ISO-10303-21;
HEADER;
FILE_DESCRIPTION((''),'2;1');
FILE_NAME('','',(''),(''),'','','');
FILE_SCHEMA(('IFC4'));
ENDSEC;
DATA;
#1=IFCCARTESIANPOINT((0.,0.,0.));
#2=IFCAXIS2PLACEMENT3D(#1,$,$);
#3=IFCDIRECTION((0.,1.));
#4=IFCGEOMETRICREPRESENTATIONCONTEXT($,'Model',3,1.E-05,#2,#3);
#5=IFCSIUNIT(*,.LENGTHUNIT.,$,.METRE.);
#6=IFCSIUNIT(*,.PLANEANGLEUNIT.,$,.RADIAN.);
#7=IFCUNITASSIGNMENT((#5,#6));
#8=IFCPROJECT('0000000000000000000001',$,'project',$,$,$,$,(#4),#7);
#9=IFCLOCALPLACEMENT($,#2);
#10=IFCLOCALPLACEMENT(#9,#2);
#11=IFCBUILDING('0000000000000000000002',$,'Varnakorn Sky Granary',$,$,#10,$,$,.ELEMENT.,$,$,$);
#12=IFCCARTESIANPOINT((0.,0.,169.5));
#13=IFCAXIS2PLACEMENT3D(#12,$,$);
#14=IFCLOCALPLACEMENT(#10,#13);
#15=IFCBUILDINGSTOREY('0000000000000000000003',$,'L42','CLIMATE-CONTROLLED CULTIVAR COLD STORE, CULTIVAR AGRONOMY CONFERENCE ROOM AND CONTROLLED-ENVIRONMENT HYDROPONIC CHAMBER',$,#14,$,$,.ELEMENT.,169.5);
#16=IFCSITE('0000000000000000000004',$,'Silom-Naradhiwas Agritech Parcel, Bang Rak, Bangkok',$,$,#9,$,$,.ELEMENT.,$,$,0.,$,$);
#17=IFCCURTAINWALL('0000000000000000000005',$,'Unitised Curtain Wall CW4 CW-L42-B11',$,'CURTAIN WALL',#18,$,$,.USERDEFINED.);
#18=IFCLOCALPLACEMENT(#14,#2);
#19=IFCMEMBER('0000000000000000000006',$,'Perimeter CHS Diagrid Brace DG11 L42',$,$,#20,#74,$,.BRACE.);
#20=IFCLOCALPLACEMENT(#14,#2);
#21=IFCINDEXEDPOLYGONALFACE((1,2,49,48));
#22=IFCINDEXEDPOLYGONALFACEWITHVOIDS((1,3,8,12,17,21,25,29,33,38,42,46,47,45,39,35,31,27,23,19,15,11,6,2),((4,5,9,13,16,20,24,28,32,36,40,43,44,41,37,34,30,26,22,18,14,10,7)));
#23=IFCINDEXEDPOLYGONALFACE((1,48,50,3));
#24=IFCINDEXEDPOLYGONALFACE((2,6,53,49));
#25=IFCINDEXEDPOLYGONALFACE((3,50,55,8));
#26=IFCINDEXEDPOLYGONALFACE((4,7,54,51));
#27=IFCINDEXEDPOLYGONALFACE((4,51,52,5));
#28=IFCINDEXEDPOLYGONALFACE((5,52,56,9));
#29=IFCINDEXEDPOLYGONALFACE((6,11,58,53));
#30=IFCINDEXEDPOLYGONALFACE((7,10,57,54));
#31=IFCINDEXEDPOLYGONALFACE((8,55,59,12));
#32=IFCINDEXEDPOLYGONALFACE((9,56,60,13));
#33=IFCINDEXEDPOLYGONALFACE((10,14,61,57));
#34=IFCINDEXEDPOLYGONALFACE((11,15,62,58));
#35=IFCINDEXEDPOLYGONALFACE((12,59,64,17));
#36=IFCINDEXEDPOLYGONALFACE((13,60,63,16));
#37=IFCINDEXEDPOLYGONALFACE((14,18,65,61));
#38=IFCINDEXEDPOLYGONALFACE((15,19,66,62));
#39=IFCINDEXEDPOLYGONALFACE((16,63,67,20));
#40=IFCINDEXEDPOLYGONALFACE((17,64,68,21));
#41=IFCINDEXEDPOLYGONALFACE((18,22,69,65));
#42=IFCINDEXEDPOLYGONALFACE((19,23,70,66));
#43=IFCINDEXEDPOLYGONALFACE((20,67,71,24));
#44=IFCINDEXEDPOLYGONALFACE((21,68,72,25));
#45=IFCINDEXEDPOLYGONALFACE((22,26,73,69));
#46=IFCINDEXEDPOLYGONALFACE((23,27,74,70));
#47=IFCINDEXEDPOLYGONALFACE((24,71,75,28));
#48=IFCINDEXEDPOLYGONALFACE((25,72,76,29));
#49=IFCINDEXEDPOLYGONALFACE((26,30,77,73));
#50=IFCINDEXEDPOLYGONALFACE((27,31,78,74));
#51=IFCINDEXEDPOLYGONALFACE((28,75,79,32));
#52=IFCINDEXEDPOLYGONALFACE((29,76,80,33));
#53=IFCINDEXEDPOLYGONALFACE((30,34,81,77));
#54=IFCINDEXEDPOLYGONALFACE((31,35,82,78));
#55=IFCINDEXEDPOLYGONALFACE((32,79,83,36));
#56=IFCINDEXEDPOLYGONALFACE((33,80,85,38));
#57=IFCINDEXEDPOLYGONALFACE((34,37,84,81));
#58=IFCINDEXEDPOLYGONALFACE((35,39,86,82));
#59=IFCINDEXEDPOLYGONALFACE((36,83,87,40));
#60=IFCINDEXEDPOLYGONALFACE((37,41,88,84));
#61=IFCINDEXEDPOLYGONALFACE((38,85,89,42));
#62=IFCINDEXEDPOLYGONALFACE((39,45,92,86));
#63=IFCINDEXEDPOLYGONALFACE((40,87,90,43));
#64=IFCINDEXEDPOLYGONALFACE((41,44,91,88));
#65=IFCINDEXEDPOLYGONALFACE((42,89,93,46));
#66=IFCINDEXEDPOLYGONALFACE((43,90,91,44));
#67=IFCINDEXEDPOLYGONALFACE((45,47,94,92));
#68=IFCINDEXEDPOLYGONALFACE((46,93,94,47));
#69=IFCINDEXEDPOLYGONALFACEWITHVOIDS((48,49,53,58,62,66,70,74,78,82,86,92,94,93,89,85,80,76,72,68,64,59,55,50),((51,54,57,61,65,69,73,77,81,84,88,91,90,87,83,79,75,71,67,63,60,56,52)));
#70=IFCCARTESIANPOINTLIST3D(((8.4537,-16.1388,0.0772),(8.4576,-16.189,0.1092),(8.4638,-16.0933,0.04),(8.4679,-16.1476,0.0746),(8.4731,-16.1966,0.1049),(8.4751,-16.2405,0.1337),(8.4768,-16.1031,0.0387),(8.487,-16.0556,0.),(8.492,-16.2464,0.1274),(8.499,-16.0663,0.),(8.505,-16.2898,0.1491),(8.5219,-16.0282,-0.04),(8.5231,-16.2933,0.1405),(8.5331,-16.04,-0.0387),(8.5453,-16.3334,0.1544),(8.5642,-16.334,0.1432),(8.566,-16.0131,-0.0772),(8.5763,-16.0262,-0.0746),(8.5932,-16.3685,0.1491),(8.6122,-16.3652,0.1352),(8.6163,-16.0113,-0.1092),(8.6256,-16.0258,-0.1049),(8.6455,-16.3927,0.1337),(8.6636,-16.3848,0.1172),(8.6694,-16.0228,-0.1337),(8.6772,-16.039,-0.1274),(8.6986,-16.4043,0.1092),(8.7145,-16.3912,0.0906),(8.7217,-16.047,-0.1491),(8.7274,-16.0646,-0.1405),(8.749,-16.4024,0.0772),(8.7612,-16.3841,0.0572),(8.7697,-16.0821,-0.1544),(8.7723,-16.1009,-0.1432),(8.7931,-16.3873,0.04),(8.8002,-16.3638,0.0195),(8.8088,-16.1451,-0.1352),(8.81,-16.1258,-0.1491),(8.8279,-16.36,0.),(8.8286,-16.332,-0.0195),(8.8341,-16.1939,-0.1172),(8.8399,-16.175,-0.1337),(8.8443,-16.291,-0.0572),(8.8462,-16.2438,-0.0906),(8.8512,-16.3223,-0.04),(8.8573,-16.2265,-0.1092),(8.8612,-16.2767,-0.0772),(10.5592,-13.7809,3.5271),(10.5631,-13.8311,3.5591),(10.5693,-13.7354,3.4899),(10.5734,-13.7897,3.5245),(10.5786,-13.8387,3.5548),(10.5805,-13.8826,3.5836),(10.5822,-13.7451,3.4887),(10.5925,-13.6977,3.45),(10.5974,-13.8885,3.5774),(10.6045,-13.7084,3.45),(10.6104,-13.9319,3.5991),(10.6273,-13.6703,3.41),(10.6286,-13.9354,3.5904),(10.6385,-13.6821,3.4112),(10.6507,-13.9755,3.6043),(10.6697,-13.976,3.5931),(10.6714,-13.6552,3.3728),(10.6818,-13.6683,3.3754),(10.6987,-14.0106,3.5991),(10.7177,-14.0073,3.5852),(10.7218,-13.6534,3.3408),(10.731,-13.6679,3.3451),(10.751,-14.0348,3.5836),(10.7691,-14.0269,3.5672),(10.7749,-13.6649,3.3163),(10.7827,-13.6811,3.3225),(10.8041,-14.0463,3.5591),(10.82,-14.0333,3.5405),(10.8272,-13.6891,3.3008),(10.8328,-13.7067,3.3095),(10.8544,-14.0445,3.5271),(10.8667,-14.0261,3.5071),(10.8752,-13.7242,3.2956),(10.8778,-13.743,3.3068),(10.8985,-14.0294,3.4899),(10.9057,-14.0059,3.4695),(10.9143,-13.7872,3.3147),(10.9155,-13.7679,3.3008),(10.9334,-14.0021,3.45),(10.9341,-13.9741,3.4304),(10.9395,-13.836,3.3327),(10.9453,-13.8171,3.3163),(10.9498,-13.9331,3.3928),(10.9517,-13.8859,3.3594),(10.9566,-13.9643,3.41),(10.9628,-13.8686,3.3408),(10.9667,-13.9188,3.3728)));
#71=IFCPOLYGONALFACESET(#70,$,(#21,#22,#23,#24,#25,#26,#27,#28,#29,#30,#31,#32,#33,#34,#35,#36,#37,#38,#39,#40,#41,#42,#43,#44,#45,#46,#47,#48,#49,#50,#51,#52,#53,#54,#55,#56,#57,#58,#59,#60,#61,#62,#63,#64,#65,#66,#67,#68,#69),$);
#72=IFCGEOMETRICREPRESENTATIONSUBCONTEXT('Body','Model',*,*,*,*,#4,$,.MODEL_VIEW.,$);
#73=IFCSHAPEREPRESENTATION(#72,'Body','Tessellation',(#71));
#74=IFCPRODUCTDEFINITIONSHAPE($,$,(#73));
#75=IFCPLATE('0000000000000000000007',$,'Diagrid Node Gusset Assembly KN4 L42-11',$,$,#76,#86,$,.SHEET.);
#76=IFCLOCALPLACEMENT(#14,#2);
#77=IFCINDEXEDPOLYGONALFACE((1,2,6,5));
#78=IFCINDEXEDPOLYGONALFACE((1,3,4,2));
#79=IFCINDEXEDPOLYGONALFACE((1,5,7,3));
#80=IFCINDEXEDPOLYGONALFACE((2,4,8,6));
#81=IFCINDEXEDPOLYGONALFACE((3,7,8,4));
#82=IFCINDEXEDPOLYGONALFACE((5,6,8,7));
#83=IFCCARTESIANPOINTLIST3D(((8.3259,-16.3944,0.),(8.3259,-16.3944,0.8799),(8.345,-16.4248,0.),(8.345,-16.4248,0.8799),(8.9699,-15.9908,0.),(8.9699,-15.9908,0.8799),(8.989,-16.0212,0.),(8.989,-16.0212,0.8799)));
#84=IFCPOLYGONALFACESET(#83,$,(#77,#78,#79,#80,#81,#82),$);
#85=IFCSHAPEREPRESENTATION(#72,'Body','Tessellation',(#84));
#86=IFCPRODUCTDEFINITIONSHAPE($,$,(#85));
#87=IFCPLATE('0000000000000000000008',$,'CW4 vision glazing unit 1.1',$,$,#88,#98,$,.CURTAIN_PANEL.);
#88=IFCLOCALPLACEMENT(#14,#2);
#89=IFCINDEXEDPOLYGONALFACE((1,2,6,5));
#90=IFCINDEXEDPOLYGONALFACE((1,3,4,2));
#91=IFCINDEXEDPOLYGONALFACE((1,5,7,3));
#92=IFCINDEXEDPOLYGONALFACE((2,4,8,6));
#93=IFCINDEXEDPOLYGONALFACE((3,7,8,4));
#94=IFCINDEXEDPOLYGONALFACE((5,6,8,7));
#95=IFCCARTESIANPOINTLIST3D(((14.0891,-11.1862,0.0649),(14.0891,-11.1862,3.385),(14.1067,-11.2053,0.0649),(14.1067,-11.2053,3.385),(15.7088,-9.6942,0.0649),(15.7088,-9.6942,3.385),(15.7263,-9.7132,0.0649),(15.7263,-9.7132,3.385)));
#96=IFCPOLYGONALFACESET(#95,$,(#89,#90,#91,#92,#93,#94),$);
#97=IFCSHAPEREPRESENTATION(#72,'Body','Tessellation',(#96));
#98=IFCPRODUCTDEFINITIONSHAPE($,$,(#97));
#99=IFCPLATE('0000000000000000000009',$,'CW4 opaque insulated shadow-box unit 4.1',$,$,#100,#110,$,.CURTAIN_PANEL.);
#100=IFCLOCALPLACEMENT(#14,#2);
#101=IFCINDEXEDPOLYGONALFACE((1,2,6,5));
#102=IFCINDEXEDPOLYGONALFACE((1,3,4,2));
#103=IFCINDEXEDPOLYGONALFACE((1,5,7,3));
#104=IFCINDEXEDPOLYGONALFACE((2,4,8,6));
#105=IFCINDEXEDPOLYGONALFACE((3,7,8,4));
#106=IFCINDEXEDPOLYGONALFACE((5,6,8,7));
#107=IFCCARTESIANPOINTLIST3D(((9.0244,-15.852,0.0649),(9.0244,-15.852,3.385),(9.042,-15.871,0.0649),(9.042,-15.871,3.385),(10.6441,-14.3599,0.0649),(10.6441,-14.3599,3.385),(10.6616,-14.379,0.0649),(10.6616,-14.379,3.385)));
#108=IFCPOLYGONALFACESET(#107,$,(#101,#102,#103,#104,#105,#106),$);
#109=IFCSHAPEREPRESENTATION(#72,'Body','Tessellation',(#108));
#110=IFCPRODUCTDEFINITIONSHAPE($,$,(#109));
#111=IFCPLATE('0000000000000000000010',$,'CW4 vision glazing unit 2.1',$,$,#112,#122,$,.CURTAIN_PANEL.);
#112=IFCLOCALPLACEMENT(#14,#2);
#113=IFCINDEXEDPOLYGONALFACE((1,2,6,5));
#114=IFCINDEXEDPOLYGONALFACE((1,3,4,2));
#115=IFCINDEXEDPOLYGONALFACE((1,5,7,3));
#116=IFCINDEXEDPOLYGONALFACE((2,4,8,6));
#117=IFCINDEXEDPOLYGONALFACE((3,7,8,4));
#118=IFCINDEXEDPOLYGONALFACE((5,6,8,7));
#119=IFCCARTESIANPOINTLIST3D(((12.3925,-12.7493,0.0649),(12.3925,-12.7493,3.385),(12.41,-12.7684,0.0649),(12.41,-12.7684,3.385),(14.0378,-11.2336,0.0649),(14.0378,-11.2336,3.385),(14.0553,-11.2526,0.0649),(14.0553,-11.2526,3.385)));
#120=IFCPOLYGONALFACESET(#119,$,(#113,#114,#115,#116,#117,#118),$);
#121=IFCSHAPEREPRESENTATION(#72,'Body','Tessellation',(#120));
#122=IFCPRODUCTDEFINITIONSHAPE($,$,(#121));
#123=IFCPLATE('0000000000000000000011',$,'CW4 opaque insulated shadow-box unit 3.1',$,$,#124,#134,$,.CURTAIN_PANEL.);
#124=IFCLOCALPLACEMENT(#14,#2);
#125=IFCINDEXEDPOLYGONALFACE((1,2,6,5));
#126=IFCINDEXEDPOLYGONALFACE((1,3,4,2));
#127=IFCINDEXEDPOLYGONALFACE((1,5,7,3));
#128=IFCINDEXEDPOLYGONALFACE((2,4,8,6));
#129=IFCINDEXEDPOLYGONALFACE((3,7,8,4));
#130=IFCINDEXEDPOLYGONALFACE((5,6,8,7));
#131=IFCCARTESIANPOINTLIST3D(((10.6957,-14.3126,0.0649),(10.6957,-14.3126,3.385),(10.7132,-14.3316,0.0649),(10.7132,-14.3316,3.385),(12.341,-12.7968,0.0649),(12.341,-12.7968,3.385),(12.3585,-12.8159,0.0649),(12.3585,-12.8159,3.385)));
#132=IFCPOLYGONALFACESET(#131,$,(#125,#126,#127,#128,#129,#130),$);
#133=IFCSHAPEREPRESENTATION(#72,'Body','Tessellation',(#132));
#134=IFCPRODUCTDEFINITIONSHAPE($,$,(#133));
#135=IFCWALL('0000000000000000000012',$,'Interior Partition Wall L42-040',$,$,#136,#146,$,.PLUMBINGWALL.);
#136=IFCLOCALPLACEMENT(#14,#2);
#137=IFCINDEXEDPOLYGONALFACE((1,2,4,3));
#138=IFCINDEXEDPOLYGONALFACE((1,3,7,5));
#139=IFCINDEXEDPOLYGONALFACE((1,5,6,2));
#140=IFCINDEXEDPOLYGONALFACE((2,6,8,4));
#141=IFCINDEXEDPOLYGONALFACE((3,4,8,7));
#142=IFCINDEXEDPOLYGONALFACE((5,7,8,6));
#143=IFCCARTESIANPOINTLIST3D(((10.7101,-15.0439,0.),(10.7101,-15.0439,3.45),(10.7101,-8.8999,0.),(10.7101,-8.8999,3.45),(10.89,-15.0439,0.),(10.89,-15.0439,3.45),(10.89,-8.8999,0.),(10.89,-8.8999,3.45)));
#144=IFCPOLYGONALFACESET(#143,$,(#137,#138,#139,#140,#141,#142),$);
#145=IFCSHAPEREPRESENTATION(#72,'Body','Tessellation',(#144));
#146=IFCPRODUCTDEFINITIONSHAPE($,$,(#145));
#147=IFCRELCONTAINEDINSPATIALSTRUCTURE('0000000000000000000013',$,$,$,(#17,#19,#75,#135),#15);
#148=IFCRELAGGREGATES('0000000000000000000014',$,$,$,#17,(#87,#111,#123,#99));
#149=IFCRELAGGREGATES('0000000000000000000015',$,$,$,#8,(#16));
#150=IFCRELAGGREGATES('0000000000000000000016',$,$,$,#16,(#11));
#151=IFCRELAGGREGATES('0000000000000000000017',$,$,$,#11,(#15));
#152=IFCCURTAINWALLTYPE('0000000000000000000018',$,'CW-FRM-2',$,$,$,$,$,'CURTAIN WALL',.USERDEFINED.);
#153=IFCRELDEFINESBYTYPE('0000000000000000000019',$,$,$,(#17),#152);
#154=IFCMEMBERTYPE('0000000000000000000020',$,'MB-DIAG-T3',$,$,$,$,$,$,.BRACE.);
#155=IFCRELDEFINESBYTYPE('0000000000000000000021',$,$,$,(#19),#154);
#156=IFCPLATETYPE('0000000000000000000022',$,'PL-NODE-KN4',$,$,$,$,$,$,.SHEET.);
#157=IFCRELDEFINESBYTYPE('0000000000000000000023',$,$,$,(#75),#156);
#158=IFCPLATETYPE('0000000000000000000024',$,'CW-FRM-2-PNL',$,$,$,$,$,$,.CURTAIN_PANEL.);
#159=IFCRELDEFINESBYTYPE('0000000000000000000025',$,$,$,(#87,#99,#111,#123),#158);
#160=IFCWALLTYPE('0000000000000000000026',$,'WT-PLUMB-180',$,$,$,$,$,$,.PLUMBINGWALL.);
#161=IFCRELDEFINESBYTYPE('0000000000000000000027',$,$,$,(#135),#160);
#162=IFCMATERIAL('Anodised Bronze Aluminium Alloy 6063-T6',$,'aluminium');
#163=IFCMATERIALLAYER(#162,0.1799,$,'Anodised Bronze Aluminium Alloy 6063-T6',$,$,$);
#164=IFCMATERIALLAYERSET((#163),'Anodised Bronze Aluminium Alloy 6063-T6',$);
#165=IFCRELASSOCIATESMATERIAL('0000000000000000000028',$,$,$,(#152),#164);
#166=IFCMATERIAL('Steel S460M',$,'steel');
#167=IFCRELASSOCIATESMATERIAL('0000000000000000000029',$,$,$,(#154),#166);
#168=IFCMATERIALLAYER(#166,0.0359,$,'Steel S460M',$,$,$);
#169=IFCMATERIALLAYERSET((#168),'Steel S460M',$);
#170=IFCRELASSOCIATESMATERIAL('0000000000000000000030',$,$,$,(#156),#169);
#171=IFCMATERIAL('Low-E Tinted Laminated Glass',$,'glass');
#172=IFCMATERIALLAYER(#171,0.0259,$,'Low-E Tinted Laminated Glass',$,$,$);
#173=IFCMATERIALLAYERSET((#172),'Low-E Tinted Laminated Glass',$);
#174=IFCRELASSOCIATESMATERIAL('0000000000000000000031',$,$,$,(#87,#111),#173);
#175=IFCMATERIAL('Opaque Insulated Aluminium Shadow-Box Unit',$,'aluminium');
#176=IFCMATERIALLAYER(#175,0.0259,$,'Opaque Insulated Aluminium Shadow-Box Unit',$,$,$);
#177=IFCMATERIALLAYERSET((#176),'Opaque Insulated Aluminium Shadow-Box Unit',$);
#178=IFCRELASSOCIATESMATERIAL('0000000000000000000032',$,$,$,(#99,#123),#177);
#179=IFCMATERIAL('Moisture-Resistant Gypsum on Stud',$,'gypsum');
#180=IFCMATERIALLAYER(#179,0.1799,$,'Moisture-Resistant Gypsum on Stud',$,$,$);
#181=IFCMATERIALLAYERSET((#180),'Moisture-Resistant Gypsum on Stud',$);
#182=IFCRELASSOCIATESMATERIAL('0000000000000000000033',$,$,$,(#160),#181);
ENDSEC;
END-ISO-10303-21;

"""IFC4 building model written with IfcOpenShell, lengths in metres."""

from ifc_helpers import new_model, si_unit, direction, frame, frame_2d, origin, origin_2d, place, context, subcontext, project, spatial, rectangle, hollow_circle, extrude, source, transform, mapped, material, layer, layer_set, material_profile, profile_set, type_object, type_shapes, element, aggregate, save


model = new_model("IFC4")

# Units and contexts
model_context = context("Model", 3, precision=1e-05, world=origin(), true_north=direction((0.0, 1.0)))
body_context = subcontext(model_context, "Body", "Model", "MODEL_VIEW")
ifc_project = project(units=[si_unit("LENGTHUNIT", "METRE"), si_unit("PLANEANGLEUNIT", "RADIAN")], contexts=[model_context])

# Site, building, storey
site_placement = place(None, origin())
site = spatial("IfcSite", under=ifc_project, at=site_placement, Name="Silom-Naradhiwas Agritech Parcel, Bang Rak, Bangkok", CompositionType="ELEMENT", RefElevation=0.0)
building_placement = place(site_placement, origin())
building = spatial("IfcBuilding", under=site, at=building_placement, Name="Varnakorn Sky Granary", CompositionType="ELEMENT")
storey_placement = place(building_placement, frame((0.0, 0.0, 169.5)))
storey = spatial("IfcBuildingStorey", under=building, at=storey_placement, Name="L42", Description="CLIMATE-CONTROLLED CULTIVAR COLD STORE, CULTIVAR AGRONOMY CONFERENCE ROOM AND CONTROLLED-ENVIRONMENT HYDROPONIC CHAMBER", CompositionType="ELEMENT", Elevation=169.5)

# Shared definitions
ifc_material_1 = material(Name="Steel S460M", Category="steel")

# Curtain wall
ifc_material_2 = material(Name="Anodised Bronze Aluminium Alloy 6063-T6", Category="aluminium")
ifc_layer_1 = layer(ifc_material_2, 0.1799, Name="Anodised Bronze Aluminium Alloy 6063-T6")
ifc_layer_set_1 = layer_set([ifc_layer_1], Name="Anodised Bronze Aluminium Alloy 6063-T6")
curtain_wall_type = type_object("IfcCurtainWallType", Name="CW-FRM-2", ElementType="CURTAIN WALL", PredefinedType="USERDEFINED", material=ifc_layer_set_1)
curtain_wall_placement = place(storey_placement, origin())
curtain_wall = element("IfcCurtainWall", 1, at=curtain_wall_placement, inside=storey, type_object=curtain_wall_type, Name="Unitised Curtain Wall CW4 CW-L42-B11", ObjectType="CURTAIN WALL", PredefinedType="USERDEFINED")

# Member
ifc_material_profile_1 = material_profile(ifc_material_1, hollow_circle(Radius=0.2285, WallThickness=0.0161, at=origin_2d()), Name="CHS 457x16")
ifc_profile_set_1 = profile_set([ifc_material_profile_1], Name="Steel S460M")
member_type_1 = type_object("IfcMemberType", Name="MB-DIAG-T3", PredefinedType="BRACE", material=ifc_profile_set_1)
member_1_placement = place(storey_placement, frame((8.6575, -16.2078, 0.0), z_axis=(0.449964, 0.503913, 0.737295), x_axis=(-0.745908, 0.66605, 0.0)))
element("IfcMember", 2, at=member_1_placement, inside=storey, type_object=member_type_1, Name="Perimeter CHS Diagrid Brace DG11 L42", PredefinedType="BRACE", context=body_context, shape_type="SweptSolid", body=[
    extrude(hollow_circle(Radius=0.2285, WallThickness=0.0161, at=origin_2d()), origin(), (0.0, 0.0, 1.0), 4.6792),
])

# Plates
ifc_layer_2 = layer(ifc_material_1, 0.0359, Name="Steel S460M")
ifc_layer_set_2 = layer_set([ifc_layer_2], Name="Steel S460M")
plate_type_1 = type_object("IfcPlateType", Name="PL-NODE-KN4", PredefinedType="SHEET", material=ifc_layer_set_2)
plate_1_placement = place(storey_placement, frame((8.6575, -16.2078, 0.0), z_axis=(0.0, 0.0, 1.0), x_axis=(0.847347, 0.531039, 0.0)))
element("IfcPlate", 3, at=plate_1_placement, inside=storey, type_object=plate_type_1, Name="Diagrid Node Gusset Assembly KN4 L42-11", PredefinedType="SHEET", context=body_context, shape_type="SweptSolid", body=[
    extrude(rectangle(XDim=0.76, YDim=0.0359, at=origin_2d()), origin(), (0.0, 0.0, 1.0), 0.8799),
])
ifc_material_3 = material(Name="Low-E Tinted Laminated Glass", Category="glass")
ifc_layer_3 = layer(ifc_material_3, 0.0259, Name="Low-E Tinted Laminated Glass")
ifc_layer_set_3 = layer_set([ifc_layer_3], Name="Low-E Tinted Laminated Glass")
plate_type_2 = type_object("IfcPlateType", Name="CW-FRM-2-PNL", PredefinedType="CURTAIN_PANEL")
shared_shape_1 = source(origin(), body_context, "Body", "SweptSolid", [
    extrude(rectangle(XDim=2.2021, YDim=0.0259, at=origin_2d()), origin(), (0.0, 0.0, 1.0), 3.3201),
])
plate_2_placement = place(storey_placement, frame((14.9077, -10.4497, 0.0649), z_axis=(0.0, 0.0, 1.0), x_axis=(-0.735479, -0.677548, 0.0)))
plate_2 = element("IfcPlate", 4, at=plate_2_placement, type_object=plate_type_2, material=ifc_layer_set_3, Name="CW4 vision glazing unit 1.1", PredefinedType="CURTAIN_PANEL", context=body_context, shape_type="MappedRepresentation", body=[
    mapped(shared_shape_1, transform((0.0, 0.0, 0.0), x_axis=(1.0, 0.0, 0.0), y_axis=(0.0, 1.0, 0.0), z_axis=(0.0, 0.0, 1.0), scale=1.0)),
])
ifc_material_4 = material(Name="Opaque Insulated Aluminium Shadow-Box Unit", Category="aluminium")
ifc_layer_4 = layer(ifc_material_4, 0.0259, Name="Opaque Insulated Aluminium Shadow-Box Unit")
ifc_layer_set_4 = layer_set([ifc_layer_4], Name="Opaque Insulated Aluminium Shadow-Box Unit")
plate_3_placement = place(storey_placement, frame((9.843, -15.1155, 0.0649), z_axis=(0.0, 0.0, 1.0), x_axis=(-0.735479, -0.677548, 0.0)))
plate_3 = element("IfcPlate", 5, at=plate_3_placement, type_object=plate_type_2, material=ifc_layer_set_4, Name="CW4 opaque insulated shadow-box unit 4.1", PredefinedType="CURTAIN_PANEL", context=body_context, shape_type="MappedRepresentation", body=[
    mapped(shared_shape_1, transform((0.0, 0.0, 0.0), x_axis=(1.0, 0.0, 0.0), y_axis=(0.0, 1.0, 0.0), z_axis=(0.0, 0.0, 1.0), scale=1.0)),
])
shared_shape_2 = source(origin(), body_context, "Body", "SweptSolid", [
    extrude(rectangle(XDim=2.2371, YDim=0.0259, at=origin_2d()), origin(), (0.0, 0.0, 1.0), 3.3201),
])
type_shapes(plate_type_2, [shared_shape_1, shared_shape_2])
plate_4_placement = place(storey_placement, frame((13.2239, -12.001, 0.0649), z_axis=(0.0, 0.0, 1.0), x_axis=(-0.735479, -0.677548, 0.0)))
plate_4 = element("IfcPlate", 6, at=plate_4_placement, type_object=plate_type_2, material=ifc_layer_set_3, Name="CW4 vision glazing unit 2.1", PredefinedType="CURTAIN_PANEL", context=body_context, shape_type="MappedRepresentation", body=[
    mapped(shared_shape_2, transform((0.0, 0.0, 0.0), x_axis=(1.0, 0.0, 0.0), y_axis=(0.0, 1.0, 0.0), z_axis=(0.0, 0.0, 1.0), scale=1.0)),
])
plate_5_placement = place(storey_placement, frame((11.5271, -13.5642, 0.0649), z_axis=(0.0, 0.0, 1.0), x_axis=(-0.735479, -0.677548, 0.0)))
plate_5 = element("IfcPlate", 7, at=plate_5_placement, type_object=plate_type_2, material=ifc_layer_set_4, Name="CW4 opaque insulated shadow-box unit 3.1", PredefinedType="CURTAIN_PANEL", context=body_context, shape_type="MappedRepresentation", body=[
    mapped(shared_shape_2, transform((0.0, 0.0, 0.0), x_axis=(1.0, 0.0, 0.0), y_axis=(0.0, 1.0, 0.0), z_axis=(0.0, 0.0, 1.0), scale=1.0)),
])
aggregate(curtain_wall, [plate_2, plate_4, plate_5, plate_3])

# Wall
ifc_material_5 = material(Name="Moisture-Resistant Gypsum on Stud", Category="gypsum")
ifc_layer_5 = layer(ifc_material_5, 0.1799, Name="Moisture-Resistant Gypsum on Stud")
ifc_layer_set_5 = layer_set([ifc_layer_5], Name="Moisture-Resistant Gypsum on Stud")
wall_type = type_object("IfcWallType", Name="WT-PLUMB-180", PredefinedType="PLUMBINGWALL", material=ifc_layer_set_5)
wall_placement = place(storey_placement, frame((10.8, -15.0439, 0.0), z_axis=(0.0, 0.0, 1.0), x_axis=(0.0, 1.0, 0.0)))
element("IfcWall", 8, at=wall_placement, inside=storey, type_object=wall_type, Name="Interior Partition Wall L42-040", PredefinedType="PLUMBINGWALL", context=body_context, shape_type="SweptSolid", body=[
    extrude(rectangle(XDim=6.144, YDim=0.1799, at=frame_2d((3.072, 0.0))), origin(), (0.0, 0.0, 1.0), 3.45),
])

save(model, "model.ifc")
